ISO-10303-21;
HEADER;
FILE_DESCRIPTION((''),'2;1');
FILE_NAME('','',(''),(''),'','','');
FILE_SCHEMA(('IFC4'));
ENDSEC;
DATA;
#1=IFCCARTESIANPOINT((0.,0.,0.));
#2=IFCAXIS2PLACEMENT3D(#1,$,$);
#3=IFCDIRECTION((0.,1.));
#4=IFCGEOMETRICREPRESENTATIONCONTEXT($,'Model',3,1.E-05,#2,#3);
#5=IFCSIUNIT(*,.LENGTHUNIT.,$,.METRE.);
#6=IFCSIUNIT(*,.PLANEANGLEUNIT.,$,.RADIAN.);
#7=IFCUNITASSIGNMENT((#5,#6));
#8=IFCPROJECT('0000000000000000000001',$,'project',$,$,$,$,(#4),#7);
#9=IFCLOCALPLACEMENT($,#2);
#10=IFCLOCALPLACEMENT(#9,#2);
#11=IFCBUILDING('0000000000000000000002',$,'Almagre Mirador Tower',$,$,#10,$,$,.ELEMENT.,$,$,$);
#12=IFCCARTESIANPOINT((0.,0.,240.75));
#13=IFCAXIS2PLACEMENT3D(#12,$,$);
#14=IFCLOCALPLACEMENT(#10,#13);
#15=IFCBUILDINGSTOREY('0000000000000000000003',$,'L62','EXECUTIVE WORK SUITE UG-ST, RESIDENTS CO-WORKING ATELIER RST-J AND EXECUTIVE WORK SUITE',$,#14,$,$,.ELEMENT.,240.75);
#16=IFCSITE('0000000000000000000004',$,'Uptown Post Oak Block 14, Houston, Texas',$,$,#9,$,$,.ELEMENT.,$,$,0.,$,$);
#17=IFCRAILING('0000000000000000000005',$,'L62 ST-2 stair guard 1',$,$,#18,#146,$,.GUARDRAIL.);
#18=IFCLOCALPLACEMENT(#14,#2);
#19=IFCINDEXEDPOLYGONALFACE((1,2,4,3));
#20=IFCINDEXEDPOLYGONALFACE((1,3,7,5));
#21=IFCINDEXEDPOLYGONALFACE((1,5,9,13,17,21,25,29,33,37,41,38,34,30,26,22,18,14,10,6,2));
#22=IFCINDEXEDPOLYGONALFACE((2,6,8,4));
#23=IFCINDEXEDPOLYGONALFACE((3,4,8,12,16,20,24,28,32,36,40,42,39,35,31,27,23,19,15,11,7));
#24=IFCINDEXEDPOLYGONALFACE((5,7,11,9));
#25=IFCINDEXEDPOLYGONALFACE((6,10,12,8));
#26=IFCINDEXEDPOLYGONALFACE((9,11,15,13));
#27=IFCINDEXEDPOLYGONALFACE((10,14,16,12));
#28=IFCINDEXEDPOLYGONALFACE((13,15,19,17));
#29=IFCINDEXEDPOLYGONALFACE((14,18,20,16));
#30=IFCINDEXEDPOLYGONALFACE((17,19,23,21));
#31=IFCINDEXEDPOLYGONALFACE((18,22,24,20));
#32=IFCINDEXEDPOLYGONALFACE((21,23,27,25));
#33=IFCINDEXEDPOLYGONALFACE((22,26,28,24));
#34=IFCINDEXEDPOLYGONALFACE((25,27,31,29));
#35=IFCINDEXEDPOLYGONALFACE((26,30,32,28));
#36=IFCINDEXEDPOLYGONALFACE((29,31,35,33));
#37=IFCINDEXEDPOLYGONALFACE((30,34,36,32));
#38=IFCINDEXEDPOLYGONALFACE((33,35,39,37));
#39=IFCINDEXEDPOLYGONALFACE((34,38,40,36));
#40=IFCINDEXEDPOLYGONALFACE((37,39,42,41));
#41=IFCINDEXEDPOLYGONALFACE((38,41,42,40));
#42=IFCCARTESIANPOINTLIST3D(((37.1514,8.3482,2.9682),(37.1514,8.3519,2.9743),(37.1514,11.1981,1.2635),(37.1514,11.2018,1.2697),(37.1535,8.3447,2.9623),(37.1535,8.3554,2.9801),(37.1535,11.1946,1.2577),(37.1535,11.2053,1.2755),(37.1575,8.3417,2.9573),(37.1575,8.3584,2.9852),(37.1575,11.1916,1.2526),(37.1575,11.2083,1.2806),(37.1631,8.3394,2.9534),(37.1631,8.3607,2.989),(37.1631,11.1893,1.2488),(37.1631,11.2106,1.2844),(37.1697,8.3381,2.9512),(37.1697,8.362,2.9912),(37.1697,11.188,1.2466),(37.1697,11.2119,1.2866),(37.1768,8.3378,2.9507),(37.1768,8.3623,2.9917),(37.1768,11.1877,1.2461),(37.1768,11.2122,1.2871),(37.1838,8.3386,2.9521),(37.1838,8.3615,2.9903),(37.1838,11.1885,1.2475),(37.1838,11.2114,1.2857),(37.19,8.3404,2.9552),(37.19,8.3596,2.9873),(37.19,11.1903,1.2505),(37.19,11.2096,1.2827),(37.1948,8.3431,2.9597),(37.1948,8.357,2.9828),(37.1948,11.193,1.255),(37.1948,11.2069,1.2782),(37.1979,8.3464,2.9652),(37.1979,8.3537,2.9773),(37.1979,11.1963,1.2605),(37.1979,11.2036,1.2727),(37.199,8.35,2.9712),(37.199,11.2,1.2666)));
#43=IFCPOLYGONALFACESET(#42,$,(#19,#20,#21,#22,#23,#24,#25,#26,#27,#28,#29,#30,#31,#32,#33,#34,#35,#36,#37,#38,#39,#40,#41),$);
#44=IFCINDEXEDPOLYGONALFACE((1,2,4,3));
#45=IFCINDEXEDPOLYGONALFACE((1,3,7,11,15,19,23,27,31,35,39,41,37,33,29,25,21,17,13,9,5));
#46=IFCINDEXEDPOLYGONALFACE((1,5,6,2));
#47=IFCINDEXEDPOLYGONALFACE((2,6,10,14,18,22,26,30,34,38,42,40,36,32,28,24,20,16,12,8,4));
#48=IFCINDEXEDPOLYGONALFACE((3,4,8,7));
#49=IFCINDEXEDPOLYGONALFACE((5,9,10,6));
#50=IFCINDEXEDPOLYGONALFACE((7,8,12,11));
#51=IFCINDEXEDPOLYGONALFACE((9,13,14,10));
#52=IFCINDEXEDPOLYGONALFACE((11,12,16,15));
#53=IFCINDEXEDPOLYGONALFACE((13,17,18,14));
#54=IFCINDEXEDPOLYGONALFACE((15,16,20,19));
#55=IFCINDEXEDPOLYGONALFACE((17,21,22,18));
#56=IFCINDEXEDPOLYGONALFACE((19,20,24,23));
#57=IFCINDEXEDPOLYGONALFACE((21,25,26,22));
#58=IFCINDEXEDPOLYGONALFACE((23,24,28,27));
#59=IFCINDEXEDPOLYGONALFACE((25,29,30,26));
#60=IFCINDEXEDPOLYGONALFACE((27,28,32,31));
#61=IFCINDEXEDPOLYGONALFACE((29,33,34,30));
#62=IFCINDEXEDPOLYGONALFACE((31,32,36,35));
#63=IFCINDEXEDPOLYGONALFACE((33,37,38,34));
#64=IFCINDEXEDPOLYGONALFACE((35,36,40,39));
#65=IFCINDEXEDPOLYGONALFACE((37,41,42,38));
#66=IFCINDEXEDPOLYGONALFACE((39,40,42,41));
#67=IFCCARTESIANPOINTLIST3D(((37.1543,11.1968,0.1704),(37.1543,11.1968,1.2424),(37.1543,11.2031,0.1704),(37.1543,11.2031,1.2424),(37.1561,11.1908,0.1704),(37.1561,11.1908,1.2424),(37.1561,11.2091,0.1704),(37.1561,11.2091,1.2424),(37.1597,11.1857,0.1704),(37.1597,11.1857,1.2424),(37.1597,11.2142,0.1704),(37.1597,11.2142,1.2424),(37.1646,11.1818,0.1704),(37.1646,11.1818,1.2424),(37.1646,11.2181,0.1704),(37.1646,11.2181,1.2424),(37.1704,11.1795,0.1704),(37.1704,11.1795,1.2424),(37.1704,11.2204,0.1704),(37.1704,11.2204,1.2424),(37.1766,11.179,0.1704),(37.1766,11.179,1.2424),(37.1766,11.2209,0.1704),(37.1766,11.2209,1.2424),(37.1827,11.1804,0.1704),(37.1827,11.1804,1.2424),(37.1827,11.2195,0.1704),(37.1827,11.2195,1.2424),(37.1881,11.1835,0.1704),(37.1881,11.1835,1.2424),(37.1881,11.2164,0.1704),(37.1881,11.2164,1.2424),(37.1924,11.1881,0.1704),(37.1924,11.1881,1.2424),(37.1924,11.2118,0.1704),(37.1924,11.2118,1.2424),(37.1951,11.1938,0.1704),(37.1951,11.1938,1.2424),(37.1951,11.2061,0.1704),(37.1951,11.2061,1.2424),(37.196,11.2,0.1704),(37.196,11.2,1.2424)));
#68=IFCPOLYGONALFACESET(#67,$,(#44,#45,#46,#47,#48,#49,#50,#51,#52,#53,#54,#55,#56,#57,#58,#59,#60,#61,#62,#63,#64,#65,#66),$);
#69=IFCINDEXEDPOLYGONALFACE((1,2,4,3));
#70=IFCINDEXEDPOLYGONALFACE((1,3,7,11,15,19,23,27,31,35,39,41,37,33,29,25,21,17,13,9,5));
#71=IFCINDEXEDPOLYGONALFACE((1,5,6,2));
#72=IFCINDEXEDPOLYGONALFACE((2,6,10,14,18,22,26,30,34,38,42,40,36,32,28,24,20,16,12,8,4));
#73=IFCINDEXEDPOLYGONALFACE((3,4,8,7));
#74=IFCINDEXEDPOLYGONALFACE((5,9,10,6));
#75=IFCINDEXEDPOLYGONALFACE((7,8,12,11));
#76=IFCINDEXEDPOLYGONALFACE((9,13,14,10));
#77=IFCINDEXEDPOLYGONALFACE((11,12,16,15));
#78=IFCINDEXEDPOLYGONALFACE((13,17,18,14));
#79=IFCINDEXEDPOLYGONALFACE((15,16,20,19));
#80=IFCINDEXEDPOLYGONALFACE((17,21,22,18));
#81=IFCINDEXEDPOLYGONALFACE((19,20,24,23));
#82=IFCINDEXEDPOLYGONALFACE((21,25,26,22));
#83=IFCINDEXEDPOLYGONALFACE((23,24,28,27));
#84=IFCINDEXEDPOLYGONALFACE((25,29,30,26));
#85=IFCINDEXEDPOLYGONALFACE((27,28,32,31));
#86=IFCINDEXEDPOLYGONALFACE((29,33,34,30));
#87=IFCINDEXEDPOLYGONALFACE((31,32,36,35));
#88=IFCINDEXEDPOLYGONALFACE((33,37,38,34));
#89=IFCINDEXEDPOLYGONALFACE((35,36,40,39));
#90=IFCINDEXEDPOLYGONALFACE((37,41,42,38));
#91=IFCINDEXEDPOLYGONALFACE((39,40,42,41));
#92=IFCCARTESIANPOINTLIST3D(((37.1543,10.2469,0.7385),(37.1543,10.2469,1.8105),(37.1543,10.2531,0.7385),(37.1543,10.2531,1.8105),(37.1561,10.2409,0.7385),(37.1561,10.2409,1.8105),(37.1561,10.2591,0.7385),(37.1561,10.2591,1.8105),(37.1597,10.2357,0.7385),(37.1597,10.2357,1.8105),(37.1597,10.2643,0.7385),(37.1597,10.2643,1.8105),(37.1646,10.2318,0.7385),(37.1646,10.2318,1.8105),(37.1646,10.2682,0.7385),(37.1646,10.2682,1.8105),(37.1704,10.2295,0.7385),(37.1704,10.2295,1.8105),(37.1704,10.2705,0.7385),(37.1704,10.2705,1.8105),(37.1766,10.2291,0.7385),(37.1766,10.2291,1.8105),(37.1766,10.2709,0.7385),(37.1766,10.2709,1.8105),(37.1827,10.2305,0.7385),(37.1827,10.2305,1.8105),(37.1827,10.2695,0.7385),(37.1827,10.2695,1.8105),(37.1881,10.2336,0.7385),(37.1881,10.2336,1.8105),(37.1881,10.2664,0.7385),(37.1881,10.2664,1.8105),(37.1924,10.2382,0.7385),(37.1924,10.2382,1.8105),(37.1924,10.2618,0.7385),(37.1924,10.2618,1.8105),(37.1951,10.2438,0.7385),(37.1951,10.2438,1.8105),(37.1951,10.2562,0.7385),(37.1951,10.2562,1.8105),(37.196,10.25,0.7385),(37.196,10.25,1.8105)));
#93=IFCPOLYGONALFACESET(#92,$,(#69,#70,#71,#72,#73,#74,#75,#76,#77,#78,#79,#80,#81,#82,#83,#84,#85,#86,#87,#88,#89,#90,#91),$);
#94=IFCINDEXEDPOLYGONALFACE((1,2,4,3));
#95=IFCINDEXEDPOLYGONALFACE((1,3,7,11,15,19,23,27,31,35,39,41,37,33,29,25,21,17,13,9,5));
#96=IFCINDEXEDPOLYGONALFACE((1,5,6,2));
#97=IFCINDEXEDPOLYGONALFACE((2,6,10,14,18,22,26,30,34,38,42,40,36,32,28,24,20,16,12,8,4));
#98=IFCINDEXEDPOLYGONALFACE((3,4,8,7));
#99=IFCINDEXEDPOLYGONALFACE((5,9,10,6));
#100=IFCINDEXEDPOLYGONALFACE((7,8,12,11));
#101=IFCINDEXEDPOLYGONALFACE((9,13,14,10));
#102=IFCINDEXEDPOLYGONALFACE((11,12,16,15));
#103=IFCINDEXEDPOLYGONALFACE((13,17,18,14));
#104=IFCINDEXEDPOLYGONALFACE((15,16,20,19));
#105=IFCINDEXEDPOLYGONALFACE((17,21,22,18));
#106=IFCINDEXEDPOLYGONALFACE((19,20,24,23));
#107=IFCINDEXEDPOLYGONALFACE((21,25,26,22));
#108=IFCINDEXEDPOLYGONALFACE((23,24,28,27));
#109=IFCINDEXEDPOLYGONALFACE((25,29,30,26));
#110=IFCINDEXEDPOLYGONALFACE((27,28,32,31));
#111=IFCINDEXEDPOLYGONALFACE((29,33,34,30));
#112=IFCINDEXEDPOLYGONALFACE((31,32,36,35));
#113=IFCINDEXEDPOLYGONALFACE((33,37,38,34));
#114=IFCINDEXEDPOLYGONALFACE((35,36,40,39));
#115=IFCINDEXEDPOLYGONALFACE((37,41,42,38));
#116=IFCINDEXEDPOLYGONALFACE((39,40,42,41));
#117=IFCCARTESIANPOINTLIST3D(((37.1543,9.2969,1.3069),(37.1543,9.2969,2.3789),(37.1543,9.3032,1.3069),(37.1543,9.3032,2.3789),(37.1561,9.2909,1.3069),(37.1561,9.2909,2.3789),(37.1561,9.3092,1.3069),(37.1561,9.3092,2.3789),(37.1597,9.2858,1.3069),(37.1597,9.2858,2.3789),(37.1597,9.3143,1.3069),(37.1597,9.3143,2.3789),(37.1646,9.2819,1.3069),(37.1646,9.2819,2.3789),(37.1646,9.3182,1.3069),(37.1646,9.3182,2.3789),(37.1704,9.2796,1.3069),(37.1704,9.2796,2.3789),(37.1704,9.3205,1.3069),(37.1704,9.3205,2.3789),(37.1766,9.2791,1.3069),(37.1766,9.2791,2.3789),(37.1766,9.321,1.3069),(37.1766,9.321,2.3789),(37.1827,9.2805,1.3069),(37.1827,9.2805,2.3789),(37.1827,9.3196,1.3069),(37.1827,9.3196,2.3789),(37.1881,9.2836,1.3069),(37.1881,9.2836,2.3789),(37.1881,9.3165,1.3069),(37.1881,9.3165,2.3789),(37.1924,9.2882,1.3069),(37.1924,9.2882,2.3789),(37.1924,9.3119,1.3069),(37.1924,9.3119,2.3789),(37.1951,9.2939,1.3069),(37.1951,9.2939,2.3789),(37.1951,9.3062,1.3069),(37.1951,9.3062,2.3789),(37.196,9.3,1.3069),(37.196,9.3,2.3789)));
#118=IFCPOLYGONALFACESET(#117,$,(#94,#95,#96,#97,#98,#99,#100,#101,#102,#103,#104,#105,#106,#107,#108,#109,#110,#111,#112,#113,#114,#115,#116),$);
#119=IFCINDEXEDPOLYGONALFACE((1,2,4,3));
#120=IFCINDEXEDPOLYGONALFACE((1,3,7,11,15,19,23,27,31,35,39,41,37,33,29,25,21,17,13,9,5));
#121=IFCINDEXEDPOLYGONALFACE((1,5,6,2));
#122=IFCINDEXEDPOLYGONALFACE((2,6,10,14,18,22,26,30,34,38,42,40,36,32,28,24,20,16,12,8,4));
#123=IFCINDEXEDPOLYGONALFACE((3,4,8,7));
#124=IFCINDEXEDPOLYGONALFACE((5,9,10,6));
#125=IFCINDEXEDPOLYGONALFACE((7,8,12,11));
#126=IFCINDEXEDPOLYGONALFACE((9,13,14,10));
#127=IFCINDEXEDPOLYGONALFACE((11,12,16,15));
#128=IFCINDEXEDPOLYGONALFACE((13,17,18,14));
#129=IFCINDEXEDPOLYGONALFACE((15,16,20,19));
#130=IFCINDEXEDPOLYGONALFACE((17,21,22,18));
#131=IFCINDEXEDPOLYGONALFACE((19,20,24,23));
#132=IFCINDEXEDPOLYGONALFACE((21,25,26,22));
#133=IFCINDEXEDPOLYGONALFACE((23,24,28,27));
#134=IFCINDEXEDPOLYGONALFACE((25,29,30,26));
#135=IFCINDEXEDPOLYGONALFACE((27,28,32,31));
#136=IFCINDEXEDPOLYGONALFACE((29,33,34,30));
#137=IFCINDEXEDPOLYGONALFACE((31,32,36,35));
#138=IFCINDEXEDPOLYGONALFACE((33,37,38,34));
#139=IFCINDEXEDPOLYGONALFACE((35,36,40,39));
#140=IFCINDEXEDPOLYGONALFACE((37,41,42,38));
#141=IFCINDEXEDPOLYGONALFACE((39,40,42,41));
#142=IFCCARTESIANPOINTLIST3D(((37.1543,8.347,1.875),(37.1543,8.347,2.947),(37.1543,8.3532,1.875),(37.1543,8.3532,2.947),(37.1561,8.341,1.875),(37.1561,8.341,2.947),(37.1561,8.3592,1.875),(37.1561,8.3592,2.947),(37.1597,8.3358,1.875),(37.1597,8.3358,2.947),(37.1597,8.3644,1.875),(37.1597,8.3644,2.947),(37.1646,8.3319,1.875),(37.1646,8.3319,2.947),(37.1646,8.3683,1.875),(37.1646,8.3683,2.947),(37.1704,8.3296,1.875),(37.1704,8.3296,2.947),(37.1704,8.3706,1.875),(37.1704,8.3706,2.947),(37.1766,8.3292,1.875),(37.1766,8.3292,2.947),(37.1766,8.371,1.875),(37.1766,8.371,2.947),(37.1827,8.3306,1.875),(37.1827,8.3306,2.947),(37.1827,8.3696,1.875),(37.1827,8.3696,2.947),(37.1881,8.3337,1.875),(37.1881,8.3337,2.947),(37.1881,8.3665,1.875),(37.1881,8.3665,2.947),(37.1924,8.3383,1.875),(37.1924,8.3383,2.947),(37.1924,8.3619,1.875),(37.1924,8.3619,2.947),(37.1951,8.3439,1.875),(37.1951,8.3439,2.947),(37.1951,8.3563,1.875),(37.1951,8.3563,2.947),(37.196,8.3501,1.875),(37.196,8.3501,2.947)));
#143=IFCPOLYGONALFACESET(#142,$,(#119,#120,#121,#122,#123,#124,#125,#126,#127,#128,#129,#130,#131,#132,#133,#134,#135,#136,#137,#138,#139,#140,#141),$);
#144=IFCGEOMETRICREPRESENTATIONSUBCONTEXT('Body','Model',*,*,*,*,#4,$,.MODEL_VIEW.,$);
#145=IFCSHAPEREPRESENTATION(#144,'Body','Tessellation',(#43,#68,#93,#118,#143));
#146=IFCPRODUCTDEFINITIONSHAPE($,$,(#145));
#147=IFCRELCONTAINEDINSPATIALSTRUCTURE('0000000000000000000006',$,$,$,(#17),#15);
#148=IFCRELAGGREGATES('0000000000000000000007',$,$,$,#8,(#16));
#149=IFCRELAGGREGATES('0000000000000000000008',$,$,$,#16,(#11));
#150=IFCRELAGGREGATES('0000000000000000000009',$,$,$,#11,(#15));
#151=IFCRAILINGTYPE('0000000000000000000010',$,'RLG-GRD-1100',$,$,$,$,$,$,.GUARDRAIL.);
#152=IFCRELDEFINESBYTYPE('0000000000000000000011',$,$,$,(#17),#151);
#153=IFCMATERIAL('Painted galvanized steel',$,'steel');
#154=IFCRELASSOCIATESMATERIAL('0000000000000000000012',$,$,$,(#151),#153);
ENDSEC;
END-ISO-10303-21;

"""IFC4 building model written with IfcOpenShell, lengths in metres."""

from ifc_helpers import new_model, si_unit, direction, frame, origin, origin_2d, place, context, subcontext, project, spatial, circle, extrude, material, type_object, element, save


model = new_model("IFC4")

# Units and contexts
model_context = context("Model", 3, precision=1e-05, world=origin(), true_north=direction((0.0, 1.0)))
body_context = subcontext(model_context, "Body", "Model", "MODEL_VIEW")
ifc_project = project(units=[si_unit("LENGTHUNIT", "METRE"), si_unit("PLANEANGLEUNIT", "RADIAN")], contexts=[model_context])

# Site, building, storey
site_placement = place(None, origin())
site = spatial("IfcSite", under=ifc_project, at=site_placement, Name="Uptown Post Oak Block 14, Houston, Texas", CompositionType="ELEMENT", RefElevation=0.0)
building_placement = place(site_placement, origin())
building = spatial("IfcBuilding", under=site, at=building_placement, Name="Almagre Mirador Tower", CompositionType="ELEMENT")
storey_placement = place(building_placement, frame((0.0, 0.0, 240.75)))
storey = spatial("IfcBuildingStorey", under=building, at=storey_placement, Name="L62", Description="EXECUTIVE WORK SUITE UG-ST, RESIDENTS CO-WORKING ATELIER RST-J AND EXECUTIVE WORK SUITE", CompositionType="ELEMENT", Elevation=240.75)

# Railing
ifc_material_1 = material(Name="Painted galvanized steel", Category="steel")
railing_type_1 = type_object("IfcRailingType", Name="RLG-GRD-1100", PredefinedType="GUARDRAIL", material=ifc_material_1)
railing_1_placement = place(storey_placement, frame((37.175, 11.2, 0.1704)))
element("IfcRailing", 1, at=railing_1_placement, inside=storey, type_object=railing_type_1, Name="L62 ST-2 stair guard 1", PredefinedType="GUARDRAIL", context=body_context, shape_type="SweptSolid", body=[
    extrude(circle(Radius=0.0239, at=origin_2d()), frame((0.0, 0.0, 1.0962), z_axis=(0.0, -0.858199, 0.513317), x_axis=(1.0, 0.0, 0.0)), (0.0, 0.0, 1.0), 3.3208),
    extrude(circle(Radius=0.021, at=origin_2d()), origin(), (0.0, 0.0, 1.0), 1.072),
    extrude(circle(Radius=0.021, at=origin_2d()), frame((0.0, -0.95, 0.5681)), (0.0, 0.0, 1.0), 1.072),
    extrude(circle(Radius=0.021, at=origin_2d()), frame((0.0, -1.8999, 1.1365)), (0.0, 0.0, 1.0), 1.072),
    extrude(circle(Radius=0.021, at=origin_2d()), frame((0.0, -2.8499, 1.7046)), (0.0, 0.0, 1.0), 1.072),
])

save(model, "model.ifc")
